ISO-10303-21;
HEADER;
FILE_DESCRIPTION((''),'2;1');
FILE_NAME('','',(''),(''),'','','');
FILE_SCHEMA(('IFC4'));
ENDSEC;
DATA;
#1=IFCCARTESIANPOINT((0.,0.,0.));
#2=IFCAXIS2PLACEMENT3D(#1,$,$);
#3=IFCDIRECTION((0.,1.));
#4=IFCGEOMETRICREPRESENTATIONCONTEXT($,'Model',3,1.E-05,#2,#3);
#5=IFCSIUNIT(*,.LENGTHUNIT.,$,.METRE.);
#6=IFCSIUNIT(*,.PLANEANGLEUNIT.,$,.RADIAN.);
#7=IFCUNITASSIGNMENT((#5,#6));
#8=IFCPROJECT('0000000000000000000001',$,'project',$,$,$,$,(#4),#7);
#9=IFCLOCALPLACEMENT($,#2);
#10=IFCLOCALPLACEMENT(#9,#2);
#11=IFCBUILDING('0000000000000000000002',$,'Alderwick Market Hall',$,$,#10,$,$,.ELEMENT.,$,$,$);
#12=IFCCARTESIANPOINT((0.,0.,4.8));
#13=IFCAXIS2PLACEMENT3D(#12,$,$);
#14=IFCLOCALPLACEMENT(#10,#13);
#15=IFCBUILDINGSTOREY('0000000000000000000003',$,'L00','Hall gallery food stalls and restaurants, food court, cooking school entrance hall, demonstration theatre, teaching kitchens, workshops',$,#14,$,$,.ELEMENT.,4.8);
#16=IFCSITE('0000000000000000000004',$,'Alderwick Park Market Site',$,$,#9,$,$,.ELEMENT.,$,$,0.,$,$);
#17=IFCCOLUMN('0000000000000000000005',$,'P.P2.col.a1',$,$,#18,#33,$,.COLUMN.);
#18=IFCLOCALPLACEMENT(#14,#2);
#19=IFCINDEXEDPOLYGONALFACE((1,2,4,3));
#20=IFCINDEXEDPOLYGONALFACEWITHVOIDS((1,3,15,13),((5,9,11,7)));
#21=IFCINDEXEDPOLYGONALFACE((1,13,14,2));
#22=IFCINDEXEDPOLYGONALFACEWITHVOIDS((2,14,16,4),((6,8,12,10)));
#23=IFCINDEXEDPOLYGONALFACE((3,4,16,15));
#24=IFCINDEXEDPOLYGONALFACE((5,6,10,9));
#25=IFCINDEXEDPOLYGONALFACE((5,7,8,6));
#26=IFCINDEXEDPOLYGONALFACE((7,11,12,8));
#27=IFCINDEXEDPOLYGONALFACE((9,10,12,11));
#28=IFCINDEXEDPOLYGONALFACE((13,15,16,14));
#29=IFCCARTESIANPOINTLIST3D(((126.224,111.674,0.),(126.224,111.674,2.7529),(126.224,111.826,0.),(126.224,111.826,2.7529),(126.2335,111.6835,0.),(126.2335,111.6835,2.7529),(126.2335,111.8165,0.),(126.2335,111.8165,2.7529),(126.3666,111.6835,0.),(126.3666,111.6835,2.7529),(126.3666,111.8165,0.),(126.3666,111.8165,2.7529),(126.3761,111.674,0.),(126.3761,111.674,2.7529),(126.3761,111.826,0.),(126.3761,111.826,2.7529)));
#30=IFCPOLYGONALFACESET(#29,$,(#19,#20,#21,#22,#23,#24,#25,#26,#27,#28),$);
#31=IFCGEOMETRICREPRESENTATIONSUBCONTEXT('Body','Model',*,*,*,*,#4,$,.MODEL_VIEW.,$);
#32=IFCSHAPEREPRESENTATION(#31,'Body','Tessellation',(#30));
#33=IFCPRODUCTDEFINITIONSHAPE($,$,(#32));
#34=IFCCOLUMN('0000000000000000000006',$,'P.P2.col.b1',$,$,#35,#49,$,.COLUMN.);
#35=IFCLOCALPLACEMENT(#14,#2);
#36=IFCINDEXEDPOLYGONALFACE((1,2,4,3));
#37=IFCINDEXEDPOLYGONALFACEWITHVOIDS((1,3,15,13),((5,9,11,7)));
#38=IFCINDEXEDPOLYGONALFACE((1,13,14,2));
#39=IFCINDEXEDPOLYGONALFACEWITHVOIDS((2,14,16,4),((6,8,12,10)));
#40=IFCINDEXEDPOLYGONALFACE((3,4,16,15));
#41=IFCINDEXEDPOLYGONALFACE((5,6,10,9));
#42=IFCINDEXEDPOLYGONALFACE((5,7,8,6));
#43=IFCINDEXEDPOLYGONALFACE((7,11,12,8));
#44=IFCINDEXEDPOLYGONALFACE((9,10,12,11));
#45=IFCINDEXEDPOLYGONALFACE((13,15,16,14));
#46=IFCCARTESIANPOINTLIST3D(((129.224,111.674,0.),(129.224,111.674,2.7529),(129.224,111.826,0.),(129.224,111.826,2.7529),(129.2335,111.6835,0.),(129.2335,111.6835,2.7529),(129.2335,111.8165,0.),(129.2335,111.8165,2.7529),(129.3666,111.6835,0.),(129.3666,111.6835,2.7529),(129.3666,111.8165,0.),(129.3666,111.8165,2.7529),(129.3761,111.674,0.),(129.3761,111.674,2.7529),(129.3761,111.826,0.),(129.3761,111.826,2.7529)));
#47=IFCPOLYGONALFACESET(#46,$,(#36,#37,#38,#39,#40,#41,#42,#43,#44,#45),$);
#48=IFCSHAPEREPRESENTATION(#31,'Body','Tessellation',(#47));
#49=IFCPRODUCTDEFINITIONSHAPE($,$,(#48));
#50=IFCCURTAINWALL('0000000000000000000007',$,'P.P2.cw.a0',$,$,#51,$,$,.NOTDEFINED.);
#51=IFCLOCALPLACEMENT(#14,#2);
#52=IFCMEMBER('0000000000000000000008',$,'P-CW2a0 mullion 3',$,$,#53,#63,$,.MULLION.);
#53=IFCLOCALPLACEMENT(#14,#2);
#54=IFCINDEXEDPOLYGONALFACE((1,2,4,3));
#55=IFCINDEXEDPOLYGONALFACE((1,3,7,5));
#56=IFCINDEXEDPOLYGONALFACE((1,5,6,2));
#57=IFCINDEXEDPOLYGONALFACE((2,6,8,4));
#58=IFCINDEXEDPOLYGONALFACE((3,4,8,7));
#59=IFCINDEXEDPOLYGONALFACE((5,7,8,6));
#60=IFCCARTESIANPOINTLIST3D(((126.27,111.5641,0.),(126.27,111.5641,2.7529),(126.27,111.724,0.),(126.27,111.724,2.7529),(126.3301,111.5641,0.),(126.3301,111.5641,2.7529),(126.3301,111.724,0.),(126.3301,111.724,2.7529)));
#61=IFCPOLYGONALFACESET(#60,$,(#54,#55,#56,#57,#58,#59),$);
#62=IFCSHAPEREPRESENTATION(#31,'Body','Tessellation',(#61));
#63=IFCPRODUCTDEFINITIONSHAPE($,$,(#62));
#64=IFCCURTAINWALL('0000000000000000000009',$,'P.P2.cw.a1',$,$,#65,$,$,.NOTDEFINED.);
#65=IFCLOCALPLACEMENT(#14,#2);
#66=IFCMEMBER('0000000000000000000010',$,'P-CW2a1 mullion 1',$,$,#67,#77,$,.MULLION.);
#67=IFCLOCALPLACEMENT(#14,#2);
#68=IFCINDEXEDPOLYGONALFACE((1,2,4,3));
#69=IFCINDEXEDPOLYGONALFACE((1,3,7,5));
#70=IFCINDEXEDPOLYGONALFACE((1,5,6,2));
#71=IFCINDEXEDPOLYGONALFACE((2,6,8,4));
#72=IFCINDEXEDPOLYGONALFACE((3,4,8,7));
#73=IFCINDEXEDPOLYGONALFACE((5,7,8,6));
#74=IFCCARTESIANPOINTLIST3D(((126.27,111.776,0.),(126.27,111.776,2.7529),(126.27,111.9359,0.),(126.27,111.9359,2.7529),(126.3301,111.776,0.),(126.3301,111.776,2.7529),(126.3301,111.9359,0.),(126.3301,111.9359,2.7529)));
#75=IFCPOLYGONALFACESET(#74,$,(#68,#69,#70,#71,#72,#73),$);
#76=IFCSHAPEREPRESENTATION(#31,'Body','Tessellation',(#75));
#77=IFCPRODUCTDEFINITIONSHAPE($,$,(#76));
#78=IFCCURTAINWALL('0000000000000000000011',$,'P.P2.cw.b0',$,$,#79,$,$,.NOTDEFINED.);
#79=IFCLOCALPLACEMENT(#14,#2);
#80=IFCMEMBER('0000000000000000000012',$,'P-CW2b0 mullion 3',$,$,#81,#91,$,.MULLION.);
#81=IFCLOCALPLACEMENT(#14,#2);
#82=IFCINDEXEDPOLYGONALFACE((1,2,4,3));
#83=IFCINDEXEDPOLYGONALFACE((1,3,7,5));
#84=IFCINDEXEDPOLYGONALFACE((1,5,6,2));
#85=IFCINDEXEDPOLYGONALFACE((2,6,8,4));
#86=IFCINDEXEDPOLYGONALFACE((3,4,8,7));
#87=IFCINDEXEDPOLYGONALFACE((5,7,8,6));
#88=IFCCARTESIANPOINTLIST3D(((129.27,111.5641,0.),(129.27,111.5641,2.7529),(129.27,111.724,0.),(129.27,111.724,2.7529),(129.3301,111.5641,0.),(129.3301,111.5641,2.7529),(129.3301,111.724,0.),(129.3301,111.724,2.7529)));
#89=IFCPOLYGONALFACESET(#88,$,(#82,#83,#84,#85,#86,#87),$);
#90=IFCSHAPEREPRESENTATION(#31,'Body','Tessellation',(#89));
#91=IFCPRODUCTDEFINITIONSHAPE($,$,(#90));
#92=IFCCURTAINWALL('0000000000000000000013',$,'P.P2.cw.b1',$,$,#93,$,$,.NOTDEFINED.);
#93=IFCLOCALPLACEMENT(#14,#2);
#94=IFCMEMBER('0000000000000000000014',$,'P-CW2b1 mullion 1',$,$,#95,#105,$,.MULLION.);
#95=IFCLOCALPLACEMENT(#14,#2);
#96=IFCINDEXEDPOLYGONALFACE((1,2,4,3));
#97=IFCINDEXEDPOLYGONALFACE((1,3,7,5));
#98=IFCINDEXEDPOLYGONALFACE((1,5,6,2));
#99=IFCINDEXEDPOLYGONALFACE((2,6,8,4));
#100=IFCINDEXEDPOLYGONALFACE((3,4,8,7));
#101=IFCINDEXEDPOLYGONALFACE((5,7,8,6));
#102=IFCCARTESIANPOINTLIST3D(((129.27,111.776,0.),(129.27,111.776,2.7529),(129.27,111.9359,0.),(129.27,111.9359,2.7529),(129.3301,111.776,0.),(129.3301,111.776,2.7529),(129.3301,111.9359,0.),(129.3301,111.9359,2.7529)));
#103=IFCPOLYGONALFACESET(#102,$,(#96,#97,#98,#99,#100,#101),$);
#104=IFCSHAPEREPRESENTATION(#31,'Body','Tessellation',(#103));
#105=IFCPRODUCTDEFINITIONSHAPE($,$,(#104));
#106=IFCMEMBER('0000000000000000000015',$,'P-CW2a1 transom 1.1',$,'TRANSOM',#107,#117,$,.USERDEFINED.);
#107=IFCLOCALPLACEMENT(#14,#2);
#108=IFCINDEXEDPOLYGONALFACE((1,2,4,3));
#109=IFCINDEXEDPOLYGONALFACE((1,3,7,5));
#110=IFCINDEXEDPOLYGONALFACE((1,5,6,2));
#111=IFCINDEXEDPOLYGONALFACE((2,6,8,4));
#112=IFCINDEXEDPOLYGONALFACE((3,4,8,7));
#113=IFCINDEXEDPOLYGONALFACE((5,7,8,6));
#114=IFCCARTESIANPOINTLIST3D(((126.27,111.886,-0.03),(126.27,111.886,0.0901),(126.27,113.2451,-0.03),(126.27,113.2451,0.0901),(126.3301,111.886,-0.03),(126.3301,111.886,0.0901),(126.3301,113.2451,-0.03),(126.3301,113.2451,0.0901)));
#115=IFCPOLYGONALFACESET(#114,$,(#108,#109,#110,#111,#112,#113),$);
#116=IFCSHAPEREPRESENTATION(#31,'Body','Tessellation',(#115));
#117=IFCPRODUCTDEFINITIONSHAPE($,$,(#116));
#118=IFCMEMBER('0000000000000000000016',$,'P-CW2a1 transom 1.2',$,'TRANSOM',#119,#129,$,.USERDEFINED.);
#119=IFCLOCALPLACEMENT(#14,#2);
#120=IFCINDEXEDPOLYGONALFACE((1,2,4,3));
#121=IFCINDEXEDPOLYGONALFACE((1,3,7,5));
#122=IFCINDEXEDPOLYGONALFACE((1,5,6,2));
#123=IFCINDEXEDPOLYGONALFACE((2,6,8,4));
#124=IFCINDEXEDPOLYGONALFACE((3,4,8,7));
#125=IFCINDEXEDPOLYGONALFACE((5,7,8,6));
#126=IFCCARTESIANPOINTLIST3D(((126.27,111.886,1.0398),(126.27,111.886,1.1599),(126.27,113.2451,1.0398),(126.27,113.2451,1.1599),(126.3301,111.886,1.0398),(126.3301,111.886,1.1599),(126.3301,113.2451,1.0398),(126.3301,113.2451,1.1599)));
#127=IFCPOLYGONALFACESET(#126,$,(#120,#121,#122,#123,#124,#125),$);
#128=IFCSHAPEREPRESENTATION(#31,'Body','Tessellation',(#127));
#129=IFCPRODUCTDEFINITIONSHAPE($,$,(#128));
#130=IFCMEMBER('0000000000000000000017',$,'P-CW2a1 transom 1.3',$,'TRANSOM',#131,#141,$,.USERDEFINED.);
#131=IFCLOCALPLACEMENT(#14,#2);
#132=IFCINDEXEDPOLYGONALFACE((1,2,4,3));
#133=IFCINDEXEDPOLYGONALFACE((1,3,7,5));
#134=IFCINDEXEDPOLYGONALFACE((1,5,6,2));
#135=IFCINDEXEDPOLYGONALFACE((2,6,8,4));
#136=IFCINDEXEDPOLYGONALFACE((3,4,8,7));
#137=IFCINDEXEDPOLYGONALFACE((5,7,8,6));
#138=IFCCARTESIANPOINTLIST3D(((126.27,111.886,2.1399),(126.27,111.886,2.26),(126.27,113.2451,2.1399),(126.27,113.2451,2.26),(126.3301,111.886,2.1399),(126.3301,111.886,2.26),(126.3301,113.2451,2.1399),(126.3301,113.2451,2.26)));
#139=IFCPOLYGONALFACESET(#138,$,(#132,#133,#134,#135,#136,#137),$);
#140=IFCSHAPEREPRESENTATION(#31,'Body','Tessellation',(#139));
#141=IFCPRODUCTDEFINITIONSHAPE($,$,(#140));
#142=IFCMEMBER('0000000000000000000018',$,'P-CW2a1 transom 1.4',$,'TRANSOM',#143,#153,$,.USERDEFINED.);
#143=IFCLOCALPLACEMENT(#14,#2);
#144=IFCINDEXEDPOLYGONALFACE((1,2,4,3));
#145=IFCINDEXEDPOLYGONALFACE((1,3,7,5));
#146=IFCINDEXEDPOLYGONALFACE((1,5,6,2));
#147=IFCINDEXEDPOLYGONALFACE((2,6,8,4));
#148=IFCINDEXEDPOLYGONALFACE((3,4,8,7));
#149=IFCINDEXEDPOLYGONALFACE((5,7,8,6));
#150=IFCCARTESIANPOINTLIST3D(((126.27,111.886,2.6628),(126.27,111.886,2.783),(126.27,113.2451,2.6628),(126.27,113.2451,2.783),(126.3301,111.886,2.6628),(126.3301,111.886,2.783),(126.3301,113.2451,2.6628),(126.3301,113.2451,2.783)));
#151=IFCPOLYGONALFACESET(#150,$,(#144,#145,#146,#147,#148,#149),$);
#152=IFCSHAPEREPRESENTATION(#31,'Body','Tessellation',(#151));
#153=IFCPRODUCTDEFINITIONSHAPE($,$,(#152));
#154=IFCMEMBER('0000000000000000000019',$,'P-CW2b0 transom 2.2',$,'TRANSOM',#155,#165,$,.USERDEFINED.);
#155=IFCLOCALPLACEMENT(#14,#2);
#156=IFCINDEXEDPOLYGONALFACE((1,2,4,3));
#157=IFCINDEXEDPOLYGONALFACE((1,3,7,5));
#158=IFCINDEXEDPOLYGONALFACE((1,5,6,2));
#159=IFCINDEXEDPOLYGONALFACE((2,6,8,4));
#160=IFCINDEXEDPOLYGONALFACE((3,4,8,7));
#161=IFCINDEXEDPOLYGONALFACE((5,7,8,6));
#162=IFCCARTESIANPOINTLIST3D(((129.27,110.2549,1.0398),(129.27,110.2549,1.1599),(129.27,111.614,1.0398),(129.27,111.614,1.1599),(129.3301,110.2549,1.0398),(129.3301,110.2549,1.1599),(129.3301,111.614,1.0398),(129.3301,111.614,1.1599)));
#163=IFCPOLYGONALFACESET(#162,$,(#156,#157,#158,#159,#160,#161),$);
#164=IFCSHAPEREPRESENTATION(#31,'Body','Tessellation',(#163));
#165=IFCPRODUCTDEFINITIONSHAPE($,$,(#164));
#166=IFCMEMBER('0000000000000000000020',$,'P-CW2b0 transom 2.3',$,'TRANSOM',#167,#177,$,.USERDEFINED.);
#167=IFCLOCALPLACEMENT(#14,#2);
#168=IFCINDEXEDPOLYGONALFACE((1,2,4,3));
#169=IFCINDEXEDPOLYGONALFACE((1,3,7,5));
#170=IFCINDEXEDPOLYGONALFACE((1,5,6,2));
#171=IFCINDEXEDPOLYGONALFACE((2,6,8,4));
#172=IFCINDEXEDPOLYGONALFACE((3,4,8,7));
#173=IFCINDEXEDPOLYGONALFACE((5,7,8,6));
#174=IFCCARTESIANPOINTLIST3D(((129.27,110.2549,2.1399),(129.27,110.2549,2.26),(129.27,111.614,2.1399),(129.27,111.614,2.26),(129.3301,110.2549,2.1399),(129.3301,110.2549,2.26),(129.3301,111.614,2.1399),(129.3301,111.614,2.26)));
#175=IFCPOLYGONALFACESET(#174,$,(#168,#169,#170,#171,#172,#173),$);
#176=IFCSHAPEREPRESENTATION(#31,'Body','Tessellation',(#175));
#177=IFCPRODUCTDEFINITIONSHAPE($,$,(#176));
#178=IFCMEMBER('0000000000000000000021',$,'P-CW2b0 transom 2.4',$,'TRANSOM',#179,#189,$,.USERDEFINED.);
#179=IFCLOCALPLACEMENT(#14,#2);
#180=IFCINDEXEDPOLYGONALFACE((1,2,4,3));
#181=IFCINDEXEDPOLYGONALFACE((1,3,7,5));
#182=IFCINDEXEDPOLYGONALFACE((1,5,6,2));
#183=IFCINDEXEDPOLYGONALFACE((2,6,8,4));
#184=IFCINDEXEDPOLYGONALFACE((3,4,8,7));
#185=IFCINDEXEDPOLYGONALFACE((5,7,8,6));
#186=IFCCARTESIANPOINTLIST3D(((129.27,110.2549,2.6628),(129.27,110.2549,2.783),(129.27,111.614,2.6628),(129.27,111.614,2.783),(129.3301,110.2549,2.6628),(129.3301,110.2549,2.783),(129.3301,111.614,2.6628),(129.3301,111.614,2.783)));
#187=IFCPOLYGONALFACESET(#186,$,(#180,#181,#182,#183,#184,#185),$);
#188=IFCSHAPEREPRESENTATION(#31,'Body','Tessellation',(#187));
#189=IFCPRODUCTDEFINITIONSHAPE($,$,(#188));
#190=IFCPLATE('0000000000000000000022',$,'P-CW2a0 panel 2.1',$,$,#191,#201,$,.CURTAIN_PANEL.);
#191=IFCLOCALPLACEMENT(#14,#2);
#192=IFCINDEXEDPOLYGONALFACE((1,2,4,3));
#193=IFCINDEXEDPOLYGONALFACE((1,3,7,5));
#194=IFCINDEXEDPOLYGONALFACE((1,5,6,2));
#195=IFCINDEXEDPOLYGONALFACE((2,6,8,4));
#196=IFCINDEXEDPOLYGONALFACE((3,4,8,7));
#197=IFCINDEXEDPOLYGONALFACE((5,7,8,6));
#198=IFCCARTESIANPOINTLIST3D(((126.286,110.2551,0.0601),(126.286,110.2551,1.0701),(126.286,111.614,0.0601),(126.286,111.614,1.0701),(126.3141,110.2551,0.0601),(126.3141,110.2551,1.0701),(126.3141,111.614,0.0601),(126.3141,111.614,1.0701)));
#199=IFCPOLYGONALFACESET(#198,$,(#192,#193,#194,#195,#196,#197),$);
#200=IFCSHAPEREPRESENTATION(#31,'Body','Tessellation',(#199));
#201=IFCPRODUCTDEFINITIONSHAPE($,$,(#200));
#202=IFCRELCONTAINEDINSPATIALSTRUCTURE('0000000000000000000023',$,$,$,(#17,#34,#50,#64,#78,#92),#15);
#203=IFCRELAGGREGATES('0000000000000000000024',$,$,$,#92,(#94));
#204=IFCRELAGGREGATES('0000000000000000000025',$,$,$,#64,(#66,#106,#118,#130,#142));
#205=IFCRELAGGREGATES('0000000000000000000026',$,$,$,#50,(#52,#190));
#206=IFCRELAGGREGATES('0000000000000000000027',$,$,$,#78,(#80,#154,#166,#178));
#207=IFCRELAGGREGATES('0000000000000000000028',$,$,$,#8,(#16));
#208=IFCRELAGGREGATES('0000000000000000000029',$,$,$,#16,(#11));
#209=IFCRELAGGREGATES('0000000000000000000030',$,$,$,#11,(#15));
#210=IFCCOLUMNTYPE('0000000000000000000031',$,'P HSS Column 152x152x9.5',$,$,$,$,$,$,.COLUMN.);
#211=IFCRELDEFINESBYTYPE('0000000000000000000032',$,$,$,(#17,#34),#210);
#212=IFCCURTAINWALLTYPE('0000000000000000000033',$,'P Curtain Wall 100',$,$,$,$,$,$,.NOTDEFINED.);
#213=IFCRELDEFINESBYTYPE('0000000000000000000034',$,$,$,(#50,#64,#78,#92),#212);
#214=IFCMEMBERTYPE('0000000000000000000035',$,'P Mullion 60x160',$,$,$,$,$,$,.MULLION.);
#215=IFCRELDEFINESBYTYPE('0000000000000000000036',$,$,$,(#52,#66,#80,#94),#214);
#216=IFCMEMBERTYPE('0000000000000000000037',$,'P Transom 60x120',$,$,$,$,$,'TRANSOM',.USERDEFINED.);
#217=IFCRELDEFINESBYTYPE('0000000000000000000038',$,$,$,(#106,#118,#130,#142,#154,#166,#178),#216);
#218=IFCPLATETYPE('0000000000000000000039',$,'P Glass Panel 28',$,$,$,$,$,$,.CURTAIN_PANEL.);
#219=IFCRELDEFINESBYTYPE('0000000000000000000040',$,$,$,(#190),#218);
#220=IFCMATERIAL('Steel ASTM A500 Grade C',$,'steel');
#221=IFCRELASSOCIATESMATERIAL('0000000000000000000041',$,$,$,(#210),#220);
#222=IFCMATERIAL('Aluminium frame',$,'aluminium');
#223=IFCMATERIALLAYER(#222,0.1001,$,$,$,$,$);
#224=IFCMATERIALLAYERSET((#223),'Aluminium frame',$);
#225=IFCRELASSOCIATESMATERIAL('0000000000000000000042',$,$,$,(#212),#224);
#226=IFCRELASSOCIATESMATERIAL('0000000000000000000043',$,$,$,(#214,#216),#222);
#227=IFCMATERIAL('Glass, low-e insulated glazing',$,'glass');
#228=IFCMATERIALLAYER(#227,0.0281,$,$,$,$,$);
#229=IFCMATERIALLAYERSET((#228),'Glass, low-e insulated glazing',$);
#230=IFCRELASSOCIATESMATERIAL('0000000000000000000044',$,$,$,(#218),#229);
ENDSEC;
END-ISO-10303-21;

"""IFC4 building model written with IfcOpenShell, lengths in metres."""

from ifc_helpers import new_model, si_unit, direction, frame, origin, origin_2d, place, context, subcontext, project, spatial, rectangle, hollow_rectangle, extrude, material, layer, layer_set, material_profile, profile_set, type_object, element, aggregate, save


model = new_model("IFC4")

# Units and contexts
model_context = context("Model", 3, precision=1e-05, world=origin(), true_north=direction((0.0, 1.0)))
body_context = subcontext(model_context, "Body", "Model", "MODEL_VIEW")
ifc_project = project(units=[si_unit("LENGTHUNIT", "METRE"), si_unit("PLANEANGLEUNIT", "RADIAN")], contexts=[model_context])

# Site, building, storey
site_placement = place(None, origin())
site = spatial("IfcSite", under=ifc_project, at=site_placement, Name="Alderwick Park Market Site", CompositionType="ELEMENT", RefElevation=0.0)
building_placement = place(site_placement, origin())
building = spatial("IfcBuilding", under=site, at=building_placement, Name="Alderwick Market Hall", CompositionType="ELEMENT")
storey_placement = place(building_placement, frame((0.0, 0.0, 4.8)))
storey = spatial("IfcBuildingStorey", under=building, at=storey_placement, Name="L00", Description="Hall gallery food stalls and restaurants, food court, cooking school entrance hall, demonstration theatre, teaching kitchens, workshops", CompositionType="ELEMENT", Elevation=4.8)

# Columns
ifc_material_1 = material(Name="Steel ASTM A500 Grade C", Category="steel")
ifc_material_profile_1 = material_profile(ifc_material_1, hollow_rectangle(XDim=0.1521, YDim=0.1521, WallThickness=0.0095, at=origin_2d()), Name="HSS152x152x9.5")
ifc_profile_set_1 = profile_set([ifc_material_profile_1], Name="Steel ASTM A500 Grade C")
column_type = type_object("IfcColumnType", Name="P HSS Column 152x152x9.5", PredefinedType="COLUMN", material=ifc_profile_set_1)
for number, where, z_axis, x_axis, name in (
    (1, (126.3, 111.75, 0.0), (0.0, 0.0, 1.0), (1.0, 0.0, 0.0), "P.P2.col.a1"),
    (2, (129.3, 111.75, 0.0), (0.0, 0.0, 1.0), (1.0, 0.0, 0.0), "P.P2.col.b1"),
):
    element("IfcColumn", number, at=place(storey_placement, frame(where, z_axis=z_axis, x_axis=x_axis)), inside=storey, type_object=column_type, Name=name, PredefinedType="COLUMN", context=body_context, shape_type="SweptSolid", body=[
        extrude(hollow_rectangle(XDim=0.1521, YDim=0.1521, WallThickness=0.0095, at=origin_2d()), origin(), (0.0, 0.0, 1.0), 2.7529),
    ])

# Curtain walls, members
ifc_material_2 = material(Name="Aluminium frame", Category="aluminium")
ifc_layer_1 = layer(ifc_material_2, 0.1001)
ifc_layer_set_1 = layer_set([ifc_layer_1], Name="Aluminium frame")
curtain_wall_type = type_object("IfcCurtainWallType", Name="P Curtain Wall 100", PredefinedType="NOTDEFINED", material=ifc_layer_set_1)
curtain_wall_1_placement = place(storey_placement, origin())
curtain_wall_1 = element("IfcCurtainWall", 3, at=curtain_wall_1_placement, inside=storey, type_object=curtain_wall_type, Name="P.P2.cw.a0", PredefinedType="NOTDEFINED")
ifc_material_profile_2 = material_profile(ifc_material_2, rectangle(XDim=0.0601, YDim=0.1599, at=origin_2d()), Name="P Mullion 60x160")
ifc_profile_set_2 = profile_set([ifc_material_profile_2], Name="Aluminium frame")
member_type_1 = type_object("IfcMemberType", Name="P Mullion 60x160", PredefinedType="MULLION", material=ifc_profile_set_2)
member_1_placement = place(storey_placement, frame((126.3, 111.644, 0.0), z_axis=(0.0, 0.0, 1.0), x_axis=(-1.0, 0.0, 0.0)))
member_1 = element("IfcMember", 4, at=member_1_placement, type_object=member_type_1, Name="P-CW2a0 mullion 3", PredefinedType="MULLION", context=body_context, shape_type="SweptSolid", body=[
    extrude(rectangle(XDim=0.0601, YDim=0.1599, at=origin_2d()), origin(), (0.0, 0.0, 1.0), 2.7529),
])
curtain_wall_2_placement = place(storey_placement, origin())
curtain_wall_2 = element("IfcCurtainWall", 5, at=curtain_wall_2_placement, inside=storey, type_object=curtain_wall_type, Name="P.P2.cw.a1", PredefinedType="NOTDEFINED")
member_2_placement = place(storey_placement, frame((126.3, 111.856, 0.0), z_axis=(0.0, 0.0, 1.0), x_axis=(-1.0, 0.0, 0.0)))
member_2 = element("IfcMember", 6, at=member_2_placement, type_object=member_type_1, Name="P-CW2a1 mullion 1", PredefinedType="MULLION", context=body_context, shape_type="SweptSolid", body=[
    extrude(rectangle(XDim=0.0601, YDim=0.1599, at=origin_2d()), origin(), (0.0, 0.0, 1.0), 2.7529),
])
curtain_wall_3_placement = place(storey_placement, origin())
curtain_wall_3 = element("IfcCurtainWall", 7, at=curtain_wall_3_placement, inside=storey, type_object=curtain_wall_type, Name="P.P2.cw.b0", PredefinedType="NOTDEFINED")
member_3_placement = place(storey_placement, frame((129.3, 111.644, 0.0), z_axis=(0.0, 0.0, 1.0), x_axis=(-1.0, 0.0, 0.0)))
member_3 = element("IfcMember", 8, at=member_3_placement, type_object=member_type_1, Name="P-CW2b0 mullion 3", PredefinedType="MULLION", context=body_context, shape_type="SweptSolid", body=[
    extrude(rectangle(XDim=0.0601, YDim=0.1599, at=origin_2d()), origin(), (0.0, 0.0, 1.0), 2.7529),
])
curtain_wall_4_placement = place(storey_placement, origin())
curtain_wall_4 = element("IfcCurtainWall", 9, at=curtain_wall_4_placement, inside=storey, type_object=curtain_wall_type, Name="P.P2.cw.b1", PredefinedType="NOTDEFINED")
member_4_placement = place(storey_placement, frame((129.3, 111.856, 0.0), z_axis=(0.0, 0.0, 1.0), x_axis=(-1.0, 0.0, 0.0)))
member_4 = element("IfcMember", 10, at=member_4_placement, type_object=member_type_1, Name="P-CW2b1 mullion 1", PredefinedType="MULLION", context=body_context, shape_type="SweptSolid", body=[
    extrude(rectangle(XDim=0.0601, YDim=0.1599, at=origin_2d()), origin(), (0.0, 0.0, 1.0), 2.7529),
])
aggregate(curtain_wall_4, [member_4])

# Members
ifc_material_profile_3 = material_profile(ifc_material_2, rectangle(XDim=0.0601, YDim=0.1201, at=origin_2d()), Name="P Transom 60x120")
ifc_profile_set_3 = profile_set([ifc_material_profile_3], Name="Aluminium frame")
member_type_2 = type_object("IfcMemberType", Name="P Transom 60x120", ElementType="TRANSOM", PredefinedType="USERDEFINED", material=ifc_profile_set_3)
member_5_placement = place(storey_placement, frame((126.3, 111.886, 0.03), z_axis=(0.0, 1.0, 0.0), x_axis=(-1.0, 0.0, 0.0)))
member_5 = element("IfcMember", 11, at=member_5_placement, type_object=member_type_2, Name="P-CW2a1 transom 1.1", ObjectType="TRANSOM", PredefinedType="USERDEFINED", context=body_context, shape_type="SweptSolid", body=[
    extrude(rectangle(XDim=0.0601, YDim=0.1201, at=origin_2d()), origin(), (0.0, 0.0, 1.0), 1.3591),
])
member_6_placement = place(storey_placement, frame((126.3, 111.886, 1.0999), z_axis=(0.0, 1.0, 0.0), x_axis=(-1.0, 0.0, 0.0)))
member_6 = element("IfcMember", 12, at=member_6_placement, type_object=member_type_2, Name="P-CW2a1 transom 1.2", ObjectType="TRANSOM", PredefinedType="USERDEFINED", context=body_context, shape_type="SweptSolid", body=[
    extrude(rectangle(XDim=0.0601, YDim=0.1201, at=origin_2d()), origin(), (0.0, 0.0, 1.0), 1.3591),
])
member_7_placement = place(storey_placement, frame((126.3, 111.886, 2.2), z_axis=(0.0, 1.0, 0.0), x_axis=(-1.0, 0.0, 0.0)))
member_7 = element("IfcMember", 13, at=member_7_placement, type_object=member_type_2, Name="P-CW2a1 transom 1.3", ObjectType="TRANSOM", PredefinedType="USERDEFINED", context=body_context, shape_type="SweptSolid", body=[
    extrude(rectangle(XDim=0.0601, YDim=0.1201, at=origin_2d()), origin(), (0.0, 0.0, 1.0), 1.3591),
])
member_8_placement = place(storey_placement, frame((126.3, 111.886, 2.7229), z_axis=(0.0, 1.0, 0.0), x_axis=(-1.0, 0.0, 0.0)))
member_8 = element("IfcMember", 14, at=member_8_placement, type_object=member_type_2, Name="P-CW2a1 transom 1.4", ObjectType="TRANSOM", PredefinedType="USERDEFINED", context=body_context, shape_type="SweptSolid", body=[
    extrude(rectangle(XDim=0.0601, YDim=0.1201, at=origin_2d()), origin(), (0.0, 0.0, 1.0), 1.3591),
])
aggregate(curtain_wall_2, [member_2, member_5, member_6, member_7, member_8])
member_9_placement = place(storey_placement, frame((129.3, 110.2549, 1.0999), z_axis=(0.0, 1.0, 0.0), x_axis=(-1.0, 0.0, 0.0)))
member_9 = element("IfcMember", 15, at=member_9_placement, type_object=member_type_2, Name="P-CW2b0 transom 2.2", ObjectType="TRANSOM", PredefinedType="USERDEFINED", context=body_context, shape_type="SweptSolid", body=[
    extrude(rectangle(XDim=0.0601, YDim=0.1201, at=origin_2d()), origin(), (0.0, 0.0, 1.0), 1.3591),
])
member_10_placement = place(storey_placement, frame((129.3, 110.2549, 2.2), z_axis=(0.0, 1.0, 0.0), x_axis=(-1.0, 0.0, 0.0)))
member_10 = element("IfcMember", 16, at=member_10_placement, type_object=member_type_2, Name="P-CW2b0 transom 2.3", ObjectType="TRANSOM", PredefinedType="USERDEFINED", context=body_context, shape_type="SweptSolid", body=[
    extrude(rectangle(XDim=0.0601, YDim=0.1201, at=origin_2d()), origin(), (0.0, 0.0, 1.0), 1.3591),
])
member_11_placement = place(storey_placement, frame((129.3, 110.2549, 2.7229), z_axis=(0.0, 1.0, 0.0), x_axis=(-1.0, 0.0, 0.0)))
member_11 = element("IfcMember", 17, at=member_11_placement, type_object=member_type_2, Name="P-CW2b0 transom 2.4", ObjectType="TRANSOM", PredefinedType="USERDEFINED", context=body_context, shape_type="SweptSolid", body=[
    extrude(rectangle(XDim=0.0601, YDim=0.1201, at=origin_2d()), origin(), (0.0, 0.0, 1.0), 1.3591),
])

# Plate
ifc_material_3 = material(Name="Glass, low-e insulated glazing", Category="glass")
ifc_layer_2 = layer(ifc_material_3, 0.0281)
ifc_layer_set_2 = layer_set([ifc_layer_2], Name="Glass, low-e insulated glazing")
plate_type = type_object("IfcPlateType", Name="P Glass Panel 28", PredefinedType="CURTAIN_PANEL", material=ifc_layer_set_2)
plate_1_placement = place(storey_placement, frame((126.3, 110.9346, 0.0601), z_axis=(0.0, 0.0, 1.0), x_axis=(0.0, 1.0, 0.0)))
plate_1 = element("IfcPlate", 18, at=plate_1_placement, type_object=plate_type, Name="P-CW2a0 panel 2.1", PredefinedType="CURTAIN_PANEL", context=body_context, shape_type="SweptSolid", body=[
    extrude(rectangle(XDim=1.3589, YDim=0.0281, at=origin_2d()), origin(), (0.0, 0.0, 1.0), 1.01),
])
aggregate(curtain_wall_1, [member_1, plate_1])
aggregate(curtain_wall_3, [member_3, member_9, member_10, member_11])

save(model, "model.ifc")
